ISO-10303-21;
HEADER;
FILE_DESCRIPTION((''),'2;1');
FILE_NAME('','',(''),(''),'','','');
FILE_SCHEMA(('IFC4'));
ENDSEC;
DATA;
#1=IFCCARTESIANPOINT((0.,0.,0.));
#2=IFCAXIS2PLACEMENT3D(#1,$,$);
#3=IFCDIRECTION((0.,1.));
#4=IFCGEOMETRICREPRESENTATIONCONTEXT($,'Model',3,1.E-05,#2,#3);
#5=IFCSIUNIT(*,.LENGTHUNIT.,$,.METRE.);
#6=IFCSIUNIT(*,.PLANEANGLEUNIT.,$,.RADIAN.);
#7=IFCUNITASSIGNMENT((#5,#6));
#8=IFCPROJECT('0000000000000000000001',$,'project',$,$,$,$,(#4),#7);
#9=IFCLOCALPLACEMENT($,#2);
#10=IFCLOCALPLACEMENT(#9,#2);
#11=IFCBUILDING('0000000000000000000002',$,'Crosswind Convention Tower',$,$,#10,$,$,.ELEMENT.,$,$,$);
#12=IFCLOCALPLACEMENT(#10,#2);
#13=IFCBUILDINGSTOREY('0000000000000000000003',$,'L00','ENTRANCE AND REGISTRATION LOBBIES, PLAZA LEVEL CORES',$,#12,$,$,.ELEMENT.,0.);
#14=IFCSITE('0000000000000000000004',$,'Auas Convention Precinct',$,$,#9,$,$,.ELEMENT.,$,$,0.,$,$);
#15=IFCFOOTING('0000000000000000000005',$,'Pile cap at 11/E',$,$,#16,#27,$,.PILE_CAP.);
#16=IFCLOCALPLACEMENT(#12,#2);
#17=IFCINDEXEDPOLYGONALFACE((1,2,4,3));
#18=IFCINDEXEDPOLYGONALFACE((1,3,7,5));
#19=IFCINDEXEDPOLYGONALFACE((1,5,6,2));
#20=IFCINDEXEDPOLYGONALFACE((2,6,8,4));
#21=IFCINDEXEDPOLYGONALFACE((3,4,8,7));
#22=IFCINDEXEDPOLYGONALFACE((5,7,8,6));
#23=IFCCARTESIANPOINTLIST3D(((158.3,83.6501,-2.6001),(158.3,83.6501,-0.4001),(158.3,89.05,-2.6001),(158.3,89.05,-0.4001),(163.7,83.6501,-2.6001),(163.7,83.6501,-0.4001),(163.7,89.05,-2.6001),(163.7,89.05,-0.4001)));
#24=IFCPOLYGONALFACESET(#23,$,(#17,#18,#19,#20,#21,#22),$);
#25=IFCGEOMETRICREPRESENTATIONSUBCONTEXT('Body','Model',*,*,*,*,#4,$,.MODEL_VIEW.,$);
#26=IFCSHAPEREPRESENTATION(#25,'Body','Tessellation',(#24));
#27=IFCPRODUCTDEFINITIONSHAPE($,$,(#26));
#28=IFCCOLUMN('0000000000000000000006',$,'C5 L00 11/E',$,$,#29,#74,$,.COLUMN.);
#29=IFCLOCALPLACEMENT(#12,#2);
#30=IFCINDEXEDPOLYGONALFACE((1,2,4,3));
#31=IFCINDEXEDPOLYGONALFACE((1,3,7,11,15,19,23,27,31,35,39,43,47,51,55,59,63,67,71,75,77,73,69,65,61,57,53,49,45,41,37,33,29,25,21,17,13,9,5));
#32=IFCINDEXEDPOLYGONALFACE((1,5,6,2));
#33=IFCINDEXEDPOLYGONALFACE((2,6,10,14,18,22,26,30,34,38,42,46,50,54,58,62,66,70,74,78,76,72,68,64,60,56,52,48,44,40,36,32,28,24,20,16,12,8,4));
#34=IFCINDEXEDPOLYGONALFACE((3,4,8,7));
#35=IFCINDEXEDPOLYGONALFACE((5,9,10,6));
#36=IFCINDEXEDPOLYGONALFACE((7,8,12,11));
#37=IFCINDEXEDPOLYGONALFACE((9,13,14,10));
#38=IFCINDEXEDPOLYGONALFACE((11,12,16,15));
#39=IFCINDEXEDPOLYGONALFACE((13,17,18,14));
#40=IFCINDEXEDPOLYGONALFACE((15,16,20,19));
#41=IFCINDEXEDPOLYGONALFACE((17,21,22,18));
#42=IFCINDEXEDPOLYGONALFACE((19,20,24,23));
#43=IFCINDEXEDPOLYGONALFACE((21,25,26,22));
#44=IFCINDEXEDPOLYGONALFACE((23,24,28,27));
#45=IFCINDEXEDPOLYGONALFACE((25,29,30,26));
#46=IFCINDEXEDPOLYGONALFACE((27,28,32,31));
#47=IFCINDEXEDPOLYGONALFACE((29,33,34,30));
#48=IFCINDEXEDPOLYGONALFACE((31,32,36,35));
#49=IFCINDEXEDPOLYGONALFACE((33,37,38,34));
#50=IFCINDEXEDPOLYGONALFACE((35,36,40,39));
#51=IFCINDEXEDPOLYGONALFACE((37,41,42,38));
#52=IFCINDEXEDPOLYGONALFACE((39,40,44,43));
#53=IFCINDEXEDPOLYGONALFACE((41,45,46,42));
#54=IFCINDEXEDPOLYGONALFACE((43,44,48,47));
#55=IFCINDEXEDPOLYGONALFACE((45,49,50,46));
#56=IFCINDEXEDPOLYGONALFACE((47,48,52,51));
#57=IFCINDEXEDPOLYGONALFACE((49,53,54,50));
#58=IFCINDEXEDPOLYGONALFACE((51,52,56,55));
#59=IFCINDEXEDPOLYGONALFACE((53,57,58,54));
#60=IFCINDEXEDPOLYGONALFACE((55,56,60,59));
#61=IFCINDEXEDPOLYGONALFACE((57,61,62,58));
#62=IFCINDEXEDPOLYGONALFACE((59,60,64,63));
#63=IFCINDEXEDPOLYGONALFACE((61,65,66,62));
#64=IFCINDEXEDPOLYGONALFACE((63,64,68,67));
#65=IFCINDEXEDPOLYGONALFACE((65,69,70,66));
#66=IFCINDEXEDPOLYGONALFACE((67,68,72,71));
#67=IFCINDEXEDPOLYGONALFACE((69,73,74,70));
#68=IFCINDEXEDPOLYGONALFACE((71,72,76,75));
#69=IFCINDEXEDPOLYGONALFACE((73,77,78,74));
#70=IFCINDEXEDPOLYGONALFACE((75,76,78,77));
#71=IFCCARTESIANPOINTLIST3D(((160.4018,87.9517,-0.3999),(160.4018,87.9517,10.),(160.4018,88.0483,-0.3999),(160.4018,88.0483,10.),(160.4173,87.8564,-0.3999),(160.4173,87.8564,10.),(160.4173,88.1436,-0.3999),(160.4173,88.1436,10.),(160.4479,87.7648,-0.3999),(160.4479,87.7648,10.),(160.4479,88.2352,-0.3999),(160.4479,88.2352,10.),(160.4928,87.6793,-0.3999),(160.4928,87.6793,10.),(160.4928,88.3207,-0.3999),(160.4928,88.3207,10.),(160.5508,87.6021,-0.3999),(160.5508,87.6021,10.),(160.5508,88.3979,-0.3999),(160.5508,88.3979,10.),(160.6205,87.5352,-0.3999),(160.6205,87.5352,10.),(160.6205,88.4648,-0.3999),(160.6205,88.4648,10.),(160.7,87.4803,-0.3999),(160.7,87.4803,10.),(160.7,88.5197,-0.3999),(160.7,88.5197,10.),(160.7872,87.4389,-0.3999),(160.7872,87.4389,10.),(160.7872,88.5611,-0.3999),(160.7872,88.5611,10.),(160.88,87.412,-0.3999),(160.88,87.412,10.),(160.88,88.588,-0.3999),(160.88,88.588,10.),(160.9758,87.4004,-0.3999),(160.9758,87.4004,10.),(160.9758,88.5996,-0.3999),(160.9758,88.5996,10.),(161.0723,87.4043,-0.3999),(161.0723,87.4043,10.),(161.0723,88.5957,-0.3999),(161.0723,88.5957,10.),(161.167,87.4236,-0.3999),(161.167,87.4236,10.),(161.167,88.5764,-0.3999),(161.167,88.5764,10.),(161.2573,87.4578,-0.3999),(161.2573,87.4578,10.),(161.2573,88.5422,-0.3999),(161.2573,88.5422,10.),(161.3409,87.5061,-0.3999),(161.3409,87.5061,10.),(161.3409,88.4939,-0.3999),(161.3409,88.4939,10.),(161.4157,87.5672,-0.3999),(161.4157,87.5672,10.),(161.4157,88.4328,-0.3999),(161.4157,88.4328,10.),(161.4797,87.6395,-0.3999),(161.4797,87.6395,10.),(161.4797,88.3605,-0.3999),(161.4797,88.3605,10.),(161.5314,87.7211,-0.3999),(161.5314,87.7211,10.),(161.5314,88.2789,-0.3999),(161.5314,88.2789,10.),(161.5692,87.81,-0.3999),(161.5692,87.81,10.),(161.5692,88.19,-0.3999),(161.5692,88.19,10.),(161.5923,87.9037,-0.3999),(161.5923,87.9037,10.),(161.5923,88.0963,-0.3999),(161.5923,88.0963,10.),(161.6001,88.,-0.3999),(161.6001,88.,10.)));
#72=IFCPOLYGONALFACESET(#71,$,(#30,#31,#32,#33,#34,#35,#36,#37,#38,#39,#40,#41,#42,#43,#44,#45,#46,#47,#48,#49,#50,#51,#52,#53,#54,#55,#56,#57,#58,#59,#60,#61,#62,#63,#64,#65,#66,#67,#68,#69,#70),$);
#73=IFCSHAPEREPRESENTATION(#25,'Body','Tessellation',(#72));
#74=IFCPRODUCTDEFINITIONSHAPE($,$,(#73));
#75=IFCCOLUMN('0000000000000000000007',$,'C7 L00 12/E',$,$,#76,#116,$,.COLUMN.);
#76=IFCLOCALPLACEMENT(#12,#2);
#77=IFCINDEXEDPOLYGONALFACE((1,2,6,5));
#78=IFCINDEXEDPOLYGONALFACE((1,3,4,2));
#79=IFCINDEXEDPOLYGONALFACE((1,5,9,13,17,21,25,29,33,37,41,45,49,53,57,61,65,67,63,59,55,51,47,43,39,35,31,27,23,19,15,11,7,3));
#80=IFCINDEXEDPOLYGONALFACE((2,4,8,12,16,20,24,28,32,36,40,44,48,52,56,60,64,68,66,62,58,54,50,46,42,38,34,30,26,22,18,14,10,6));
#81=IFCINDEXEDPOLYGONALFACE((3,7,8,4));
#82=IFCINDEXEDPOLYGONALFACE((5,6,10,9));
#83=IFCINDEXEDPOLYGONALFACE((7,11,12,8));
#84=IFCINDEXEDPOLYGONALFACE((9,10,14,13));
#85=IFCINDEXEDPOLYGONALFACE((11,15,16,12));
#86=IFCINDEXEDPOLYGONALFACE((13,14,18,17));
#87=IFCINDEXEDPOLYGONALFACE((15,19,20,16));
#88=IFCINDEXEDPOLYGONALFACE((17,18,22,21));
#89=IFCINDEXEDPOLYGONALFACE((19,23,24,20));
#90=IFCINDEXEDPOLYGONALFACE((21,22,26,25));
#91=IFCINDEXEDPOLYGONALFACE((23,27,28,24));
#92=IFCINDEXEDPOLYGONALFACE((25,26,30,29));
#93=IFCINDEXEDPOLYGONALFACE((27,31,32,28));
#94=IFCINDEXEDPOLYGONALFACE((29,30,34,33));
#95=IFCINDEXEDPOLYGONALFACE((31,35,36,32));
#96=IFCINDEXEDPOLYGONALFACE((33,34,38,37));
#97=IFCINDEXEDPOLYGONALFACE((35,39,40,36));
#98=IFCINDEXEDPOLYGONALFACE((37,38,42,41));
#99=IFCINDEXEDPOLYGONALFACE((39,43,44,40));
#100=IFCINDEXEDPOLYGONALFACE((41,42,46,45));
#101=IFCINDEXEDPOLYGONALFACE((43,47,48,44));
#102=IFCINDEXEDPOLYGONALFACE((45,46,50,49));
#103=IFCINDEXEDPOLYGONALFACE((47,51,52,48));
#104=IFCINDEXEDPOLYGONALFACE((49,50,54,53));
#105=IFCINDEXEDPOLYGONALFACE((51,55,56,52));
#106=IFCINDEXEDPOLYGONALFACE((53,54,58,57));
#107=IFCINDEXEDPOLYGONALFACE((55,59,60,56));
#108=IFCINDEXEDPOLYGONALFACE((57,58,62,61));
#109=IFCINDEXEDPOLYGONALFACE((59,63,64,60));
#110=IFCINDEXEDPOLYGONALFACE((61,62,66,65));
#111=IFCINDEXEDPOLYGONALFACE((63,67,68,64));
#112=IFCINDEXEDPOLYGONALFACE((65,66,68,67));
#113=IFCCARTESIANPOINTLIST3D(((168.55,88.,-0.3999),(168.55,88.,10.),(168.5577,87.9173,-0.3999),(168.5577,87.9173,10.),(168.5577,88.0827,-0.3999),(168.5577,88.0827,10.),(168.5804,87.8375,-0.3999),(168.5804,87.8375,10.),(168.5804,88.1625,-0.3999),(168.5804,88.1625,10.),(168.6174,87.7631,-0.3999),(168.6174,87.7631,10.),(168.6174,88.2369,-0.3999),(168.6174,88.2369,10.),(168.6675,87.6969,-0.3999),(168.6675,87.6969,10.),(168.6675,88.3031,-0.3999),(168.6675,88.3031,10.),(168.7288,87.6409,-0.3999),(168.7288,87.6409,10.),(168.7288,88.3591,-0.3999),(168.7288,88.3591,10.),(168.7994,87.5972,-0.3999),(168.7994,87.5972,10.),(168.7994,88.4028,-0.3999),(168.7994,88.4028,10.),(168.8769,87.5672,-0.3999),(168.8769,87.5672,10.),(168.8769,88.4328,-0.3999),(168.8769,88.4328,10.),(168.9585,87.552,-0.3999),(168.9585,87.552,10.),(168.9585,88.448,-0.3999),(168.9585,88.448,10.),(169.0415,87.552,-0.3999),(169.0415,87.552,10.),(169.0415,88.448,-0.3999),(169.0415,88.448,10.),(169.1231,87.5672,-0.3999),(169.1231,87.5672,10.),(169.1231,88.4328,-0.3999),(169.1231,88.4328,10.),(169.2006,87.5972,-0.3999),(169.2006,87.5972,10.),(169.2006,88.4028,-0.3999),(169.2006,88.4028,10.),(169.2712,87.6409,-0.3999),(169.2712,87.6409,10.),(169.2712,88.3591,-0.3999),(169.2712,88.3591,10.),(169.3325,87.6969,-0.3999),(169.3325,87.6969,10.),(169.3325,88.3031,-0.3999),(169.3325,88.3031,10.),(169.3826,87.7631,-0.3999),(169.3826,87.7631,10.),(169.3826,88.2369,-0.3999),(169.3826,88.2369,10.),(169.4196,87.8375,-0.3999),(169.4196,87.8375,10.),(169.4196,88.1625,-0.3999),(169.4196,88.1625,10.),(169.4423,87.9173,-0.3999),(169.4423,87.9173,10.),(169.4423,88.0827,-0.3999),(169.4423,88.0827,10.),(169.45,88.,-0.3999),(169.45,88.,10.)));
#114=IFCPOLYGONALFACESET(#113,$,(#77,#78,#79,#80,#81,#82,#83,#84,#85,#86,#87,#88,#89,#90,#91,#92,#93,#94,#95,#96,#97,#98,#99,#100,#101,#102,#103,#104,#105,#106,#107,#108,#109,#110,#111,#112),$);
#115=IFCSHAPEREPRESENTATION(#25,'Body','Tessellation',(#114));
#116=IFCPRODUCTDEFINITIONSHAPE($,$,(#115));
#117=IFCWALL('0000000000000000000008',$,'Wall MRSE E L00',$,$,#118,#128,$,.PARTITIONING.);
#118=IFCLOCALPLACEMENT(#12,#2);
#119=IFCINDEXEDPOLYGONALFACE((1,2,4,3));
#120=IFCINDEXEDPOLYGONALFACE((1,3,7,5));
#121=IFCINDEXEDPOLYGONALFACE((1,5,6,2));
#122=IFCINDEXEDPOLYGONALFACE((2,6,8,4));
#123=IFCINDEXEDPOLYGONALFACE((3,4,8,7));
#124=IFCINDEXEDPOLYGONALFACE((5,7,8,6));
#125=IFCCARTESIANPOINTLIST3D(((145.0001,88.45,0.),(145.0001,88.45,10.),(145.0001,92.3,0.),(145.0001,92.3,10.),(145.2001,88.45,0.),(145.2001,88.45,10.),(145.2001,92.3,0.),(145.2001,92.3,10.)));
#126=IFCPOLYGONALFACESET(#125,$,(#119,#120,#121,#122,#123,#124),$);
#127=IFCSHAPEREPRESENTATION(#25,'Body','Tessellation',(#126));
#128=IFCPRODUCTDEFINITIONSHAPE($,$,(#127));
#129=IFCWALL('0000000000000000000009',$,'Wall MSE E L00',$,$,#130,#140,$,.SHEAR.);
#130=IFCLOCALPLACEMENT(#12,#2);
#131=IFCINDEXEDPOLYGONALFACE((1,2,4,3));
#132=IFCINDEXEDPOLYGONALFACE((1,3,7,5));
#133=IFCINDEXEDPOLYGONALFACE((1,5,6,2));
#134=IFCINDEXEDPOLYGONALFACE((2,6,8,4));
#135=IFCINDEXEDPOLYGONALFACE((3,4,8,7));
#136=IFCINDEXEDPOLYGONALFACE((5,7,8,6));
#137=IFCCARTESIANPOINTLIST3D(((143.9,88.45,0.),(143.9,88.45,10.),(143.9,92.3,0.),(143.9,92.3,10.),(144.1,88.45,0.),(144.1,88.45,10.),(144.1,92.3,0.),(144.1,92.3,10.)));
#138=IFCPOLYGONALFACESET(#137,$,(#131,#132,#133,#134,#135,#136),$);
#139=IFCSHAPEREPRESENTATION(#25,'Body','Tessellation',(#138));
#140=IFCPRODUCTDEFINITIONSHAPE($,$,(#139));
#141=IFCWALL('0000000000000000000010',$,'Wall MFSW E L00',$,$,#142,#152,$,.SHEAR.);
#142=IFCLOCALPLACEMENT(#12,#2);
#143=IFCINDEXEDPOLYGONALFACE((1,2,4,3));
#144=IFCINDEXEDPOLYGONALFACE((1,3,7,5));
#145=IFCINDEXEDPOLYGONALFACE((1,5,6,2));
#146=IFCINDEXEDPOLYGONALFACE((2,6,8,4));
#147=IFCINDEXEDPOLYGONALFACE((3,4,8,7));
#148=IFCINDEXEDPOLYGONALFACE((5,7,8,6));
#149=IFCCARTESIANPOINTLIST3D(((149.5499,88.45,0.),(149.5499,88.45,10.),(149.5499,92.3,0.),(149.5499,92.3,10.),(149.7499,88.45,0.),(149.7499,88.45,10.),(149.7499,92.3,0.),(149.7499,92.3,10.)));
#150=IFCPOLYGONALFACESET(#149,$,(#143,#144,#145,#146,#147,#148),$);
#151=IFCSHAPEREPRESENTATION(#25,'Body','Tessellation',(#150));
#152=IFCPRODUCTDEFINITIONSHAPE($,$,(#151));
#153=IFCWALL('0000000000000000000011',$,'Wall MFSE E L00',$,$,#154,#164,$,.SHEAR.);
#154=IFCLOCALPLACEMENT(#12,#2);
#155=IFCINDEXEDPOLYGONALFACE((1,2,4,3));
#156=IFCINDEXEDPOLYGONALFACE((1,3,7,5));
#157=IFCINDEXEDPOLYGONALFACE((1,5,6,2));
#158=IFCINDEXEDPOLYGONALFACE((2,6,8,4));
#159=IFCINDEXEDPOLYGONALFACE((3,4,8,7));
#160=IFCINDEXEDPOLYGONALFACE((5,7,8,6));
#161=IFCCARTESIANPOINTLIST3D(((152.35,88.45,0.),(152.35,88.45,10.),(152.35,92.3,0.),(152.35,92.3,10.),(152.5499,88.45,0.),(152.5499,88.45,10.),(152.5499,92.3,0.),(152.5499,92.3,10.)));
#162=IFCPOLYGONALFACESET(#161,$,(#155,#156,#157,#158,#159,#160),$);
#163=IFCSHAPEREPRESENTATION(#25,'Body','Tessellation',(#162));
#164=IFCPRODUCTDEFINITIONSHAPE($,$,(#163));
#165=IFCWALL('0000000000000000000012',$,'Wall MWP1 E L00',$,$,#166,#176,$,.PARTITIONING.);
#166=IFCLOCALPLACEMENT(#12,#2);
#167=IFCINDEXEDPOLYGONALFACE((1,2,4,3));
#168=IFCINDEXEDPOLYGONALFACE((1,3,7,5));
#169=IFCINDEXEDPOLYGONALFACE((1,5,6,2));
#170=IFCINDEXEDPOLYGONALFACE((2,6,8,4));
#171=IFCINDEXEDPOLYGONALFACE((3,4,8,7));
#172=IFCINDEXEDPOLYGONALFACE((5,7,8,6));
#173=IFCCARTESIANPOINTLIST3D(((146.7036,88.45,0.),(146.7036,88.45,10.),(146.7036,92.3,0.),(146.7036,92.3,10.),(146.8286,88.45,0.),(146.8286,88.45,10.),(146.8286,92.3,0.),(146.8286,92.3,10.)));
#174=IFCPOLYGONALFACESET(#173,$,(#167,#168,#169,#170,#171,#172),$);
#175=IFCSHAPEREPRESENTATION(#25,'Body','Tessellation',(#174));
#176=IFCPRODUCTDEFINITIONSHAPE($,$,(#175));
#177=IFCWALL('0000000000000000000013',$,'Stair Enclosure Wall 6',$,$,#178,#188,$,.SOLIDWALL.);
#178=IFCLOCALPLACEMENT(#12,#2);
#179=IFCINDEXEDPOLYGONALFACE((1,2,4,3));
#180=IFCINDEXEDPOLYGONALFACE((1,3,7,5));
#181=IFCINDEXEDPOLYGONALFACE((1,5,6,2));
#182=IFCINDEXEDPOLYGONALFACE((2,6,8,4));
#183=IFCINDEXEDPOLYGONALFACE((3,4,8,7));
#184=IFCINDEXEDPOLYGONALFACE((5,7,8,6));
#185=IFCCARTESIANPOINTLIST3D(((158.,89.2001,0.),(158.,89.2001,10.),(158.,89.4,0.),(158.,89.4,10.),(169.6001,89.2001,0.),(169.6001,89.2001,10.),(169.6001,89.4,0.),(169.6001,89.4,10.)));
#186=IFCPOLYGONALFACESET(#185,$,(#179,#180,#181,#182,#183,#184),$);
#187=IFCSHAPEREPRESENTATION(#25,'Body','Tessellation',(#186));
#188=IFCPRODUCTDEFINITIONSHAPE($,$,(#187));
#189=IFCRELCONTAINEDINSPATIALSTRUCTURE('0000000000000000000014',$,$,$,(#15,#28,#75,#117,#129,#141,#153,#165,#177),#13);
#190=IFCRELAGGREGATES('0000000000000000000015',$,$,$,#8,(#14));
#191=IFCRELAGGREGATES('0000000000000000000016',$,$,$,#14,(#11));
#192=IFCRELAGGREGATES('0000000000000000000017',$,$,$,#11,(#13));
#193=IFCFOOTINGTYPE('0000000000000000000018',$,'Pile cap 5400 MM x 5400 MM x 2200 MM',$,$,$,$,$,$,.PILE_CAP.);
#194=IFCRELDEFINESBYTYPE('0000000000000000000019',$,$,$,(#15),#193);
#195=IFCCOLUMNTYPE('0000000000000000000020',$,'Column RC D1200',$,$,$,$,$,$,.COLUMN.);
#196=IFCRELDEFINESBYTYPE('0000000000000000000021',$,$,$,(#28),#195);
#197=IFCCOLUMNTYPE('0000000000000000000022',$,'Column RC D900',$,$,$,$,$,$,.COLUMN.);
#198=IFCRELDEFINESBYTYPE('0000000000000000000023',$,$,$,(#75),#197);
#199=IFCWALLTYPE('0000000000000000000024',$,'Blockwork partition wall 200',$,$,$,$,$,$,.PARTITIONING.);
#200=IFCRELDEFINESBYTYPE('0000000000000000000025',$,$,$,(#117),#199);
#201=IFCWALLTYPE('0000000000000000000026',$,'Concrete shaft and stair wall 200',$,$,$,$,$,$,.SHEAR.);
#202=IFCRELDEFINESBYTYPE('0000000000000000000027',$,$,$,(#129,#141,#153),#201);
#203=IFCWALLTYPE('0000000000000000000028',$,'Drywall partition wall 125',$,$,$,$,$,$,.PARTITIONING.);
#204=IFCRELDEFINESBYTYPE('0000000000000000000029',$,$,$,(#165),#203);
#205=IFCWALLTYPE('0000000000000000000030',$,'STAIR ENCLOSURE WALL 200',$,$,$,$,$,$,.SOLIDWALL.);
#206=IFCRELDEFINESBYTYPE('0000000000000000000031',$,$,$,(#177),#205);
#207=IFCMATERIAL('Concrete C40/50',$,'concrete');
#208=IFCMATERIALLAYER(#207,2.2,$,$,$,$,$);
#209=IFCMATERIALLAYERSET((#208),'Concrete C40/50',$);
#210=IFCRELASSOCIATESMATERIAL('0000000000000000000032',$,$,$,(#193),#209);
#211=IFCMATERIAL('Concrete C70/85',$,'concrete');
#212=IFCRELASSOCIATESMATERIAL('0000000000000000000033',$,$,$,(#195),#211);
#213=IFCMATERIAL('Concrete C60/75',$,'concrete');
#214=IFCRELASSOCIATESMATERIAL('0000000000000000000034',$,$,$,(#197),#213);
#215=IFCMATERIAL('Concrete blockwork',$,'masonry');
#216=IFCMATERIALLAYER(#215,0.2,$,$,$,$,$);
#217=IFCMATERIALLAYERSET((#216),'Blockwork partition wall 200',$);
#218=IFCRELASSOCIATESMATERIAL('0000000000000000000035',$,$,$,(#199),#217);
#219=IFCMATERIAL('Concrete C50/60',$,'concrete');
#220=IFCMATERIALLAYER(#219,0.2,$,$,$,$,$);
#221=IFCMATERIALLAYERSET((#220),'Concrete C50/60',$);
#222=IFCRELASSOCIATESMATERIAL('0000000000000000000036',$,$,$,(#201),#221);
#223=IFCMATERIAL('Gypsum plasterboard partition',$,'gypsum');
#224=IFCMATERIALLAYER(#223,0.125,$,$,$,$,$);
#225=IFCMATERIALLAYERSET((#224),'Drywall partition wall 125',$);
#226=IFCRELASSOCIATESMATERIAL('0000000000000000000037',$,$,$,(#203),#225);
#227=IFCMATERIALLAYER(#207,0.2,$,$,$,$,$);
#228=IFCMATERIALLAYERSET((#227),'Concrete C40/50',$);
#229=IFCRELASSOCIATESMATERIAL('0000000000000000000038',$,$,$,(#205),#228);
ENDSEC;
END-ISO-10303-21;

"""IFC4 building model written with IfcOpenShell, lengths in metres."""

from ifc_helpers import new_model, si_unit, direction, frame, frame_2d, origin, origin_2d, place, context, subcontext, project, spatial, rectangle, circle, extrude, material, layer, layer_set, material_profile, profile_set, type_object, element, save


model = new_model("IFC4")

# Units and contexts
model_context = context("Model", 3, precision=1e-05, world=origin(), true_north=direction((0.0, 1.0)))
body_context = subcontext(model_context, "Body", "Model", "MODEL_VIEW")
ifc_project = project(units=[si_unit("LENGTHUNIT", "METRE"), si_unit("PLANEANGLEUNIT", "RADIAN")], contexts=[model_context])

# Site, building, storey
site_placement = place(None, origin())
site = spatial("IfcSite", under=ifc_project, at=site_placement, Name="Auas Convention Precinct", CompositionType="ELEMENT", RefElevation=0.0)
building_placement = place(site_placement, origin())
building = spatial("IfcBuilding", under=site, at=building_placement, Name="Crosswind Convention Tower", CompositionType="ELEMENT")
storey_placement = place(building_placement, origin())
storey = spatial("IfcBuildingStorey", under=building, at=storey_placement, Name="L00", Description="ENTRANCE AND REGISTRATION LOBBIES, PLAZA LEVEL CORES", CompositionType="ELEMENT", Elevation=0.0)

# Shared definitions
ifc_material_1 = material(Name="Concrete C40/50", Category="concrete")

# Footing
ifc_layer_1 = layer(ifc_material_1, 2.2)
ifc_layer_set_1 = layer_set([ifc_layer_1], Name="Concrete C40/50")
footing_type_1 = type_object("IfcFootingType", Name="Pile cap 5400 MM x 5400 MM x 2200 MM", PredefinedType="PILE_CAP", material=ifc_layer_set_1)
footing_1_placement = place(storey_placement, frame((161.0, 86.3501, -2.6001), z_axis=(0.0, 0.0, 1.0), x_axis=(1.0, 0.0, 0.0)))
element("IfcFooting", 1, at=footing_1_placement, inside=storey, type_object=footing_type_1, Name="Pile cap at 11/E", PredefinedType="PILE_CAP", context=body_context, shape_type="SweptSolid", body=[
    extrude(rectangle(XDim=5.3999, YDim=5.3999, at=origin_2d()), origin(), (0.0, 0.0, 1.0), 2.2),
])

# Columns
ifc_material_2 = material(Name="Concrete C70/85", Category="concrete")
ifc_material_profile_1 = material_profile(ifc_material_2, circle(Radius=0.6001, at=origin_2d()), Name="RC D1200")
ifc_profile_set_1 = profile_set([ifc_material_profile_1], Name="Concrete C70/85")
column_type_1 = type_object("IfcColumnType", Name="Column RC D1200", PredefinedType="COLUMN", material=ifc_profile_set_1)
column_1_placement = place(storey_placement, frame((161.0, 88.0, -0.3999), z_axis=(0.0, 0.0, 1.0), x_axis=(1.0, 0.0, 0.0)))
element("IfcColumn", 2, at=column_1_placement, inside=storey, type_object=column_type_1, Name="C5 L00 11/E", PredefinedType="COLUMN", context=body_context, shape_type="SweptSolid", body=[
    extrude(circle(Radius=0.6001, at=origin_2d()), origin(), (0.0, 0.0, 1.0), 10.3999),
])
ifc_material_3 = material(Name="Concrete C60/75", Category="concrete")
ifc_material_profile_2 = material_profile(ifc_material_3, circle(Radius=0.45, at=origin_2d()), Name="RC D900")
ifc_profile_set_2 = profile_set([ifc_material_profile_2], Name="Concrete C60/75")
column_type_2 = type_object("IfcColumnType", Name="Column RC D900", PredefinedType="COLUMN", material=ifc_profile_set_2)
column_2_placement = place(storey_placement, frame((169.0, 88.0, -0.3999), z_axis=(0.0, 0.0, 1.0), x_axis=(1.0, 0.0, 0.0)))
element("IfcColumn", 3, at=column_2_placement, inside=storey, type_object=column_type_2, Name="C7 L00 12/E", PredefinedType="COLUMN", context=body_context, shape_type="SweptSolid", body=[
    extrude(circle(Radius=0.45, at=origin_2d()), origin(), (0.0, 0.0, 1.0), 10.3999),
])

# Walls
ifc_material_4 = material(Name="Concrete blockwork", Category="masonry")
ifc_layer_2 = layer(ifc_material_4, 0.2)
ifc_layer_set_2 = layer_set([ifc_layer_2], Name="Blockwork partition wall 200")
wall_type_1 = type_object("IfcWallType", Name="Blockwork partition wall 200", PredefinedType="PARTITIONING", material=ifc_layer_set_2)
wall_1_placement = place(storey_placement, frame((145.1001, 88.45, 0.0), z_axis=(0.0, 0.0, 1.0), x_axis=(0.0, 1.0, 0.0)))
element("IfcWall", 4, at=wall_1_placement, inside=storey, type_object=wall_type_1, Name="Wall MRSE E L00", PredefinedType="PARTITIONING", context=body_context, shape_type="SweptSolid", body=[
    extrude(rectangle(XDim=3.8501, YDim=0.2, at=frame_2d((1.925, 0.0))), origin(), (0.0, 0.0, 1.0), 10.0),
])
ifc_material_5 = material(Name="Concrete C50/60", Category="concrete")
ifc_layer_3 = layer(ifc_material_5, 0.2)
ifc_layer_set_3 = layer_set([ifc_layer_3], Name="Concrete C50/60")
wall_type_2 = type_object("IfcWallType", Name="Concrete shaft and stair wall 200", PredefinedType="SHEAR", material=ifc_layer_set_3)
for number, where, z_axis, x_axis, name in (
    (5, (144.0, 88.45, 0.0), (0.0, 0.0, 1.0), (0.0, 1.0, 0.0), "Wall MSE E L00"),
    (6, (149.6499, 88.45, 0.0), (0.0, 0.0, 1.0), (0.0, 1.0, 0.0), "Wall MFSW E L00"),
    (7, (152.45, 88.45, 0.0), (0.0, 0.0, 1.0), (0.0, 1.0, 0.0), "Wall MFSE E L00"),
):
    element("IfcWall", number, at=place(storey_placement, frame(where, z_axis=z_axis, x_axis=x_axis)), inside=storey, type_object=wall_type_2, Name=name, PredefinedType="SHEAR", context=body_context, shape_type="SweptSolid", body=[
        extrude(rectangle(XDim=3.8501, YDim=0.2, at=frame_2d((1.925, 0.0))), origin(), (0.0, 0.0, 1.0), 10.0),
    ])
ifc_material_6 = material(Name="Gypsum plasterboard partition", Category="gypsum")
ifc_layer_4 = layer(ifc_material_6, 0.125)
ifc_layer_set_4 = layer_set([ifc_layer_4], Name="Drywall partition wall 125")
wall_type_3 = type_object("IfcWallType", Name="Drywall partition wall 125", PredefinedType="PARTITIONING", material=ifc_layer_set_4)
wall_2_placement = place(storey_placement, frame((146.7661, 88.45, 0.0), z_axis=(0.0, 0.0, 1.0), x_axis=(0.0, 1.0, 0.0)))
element("IfcWall", 8, at=wall_2_placement, inside=storey, type_object=wall_type_3, Name="Wall MWP1 E L00", PredefinedType="PARTITIONING", context=body_context, shape_type="SweptSolid", body=[
    extrude(rectangle(XDim=3.8501, YDim=0.125, at=frame_2d((1.925, 0.0))), origin(), (0.0, 0.0, 1.0), 10.0),
])
ifc_layer_5 = layer(ifc_material_1, 0.2)
ifc_layer_set_5 = layer_set([ifc_layer_5], Name="Concrete C40/50")
wall_type_4 = type_object("IfcWallType", Name="STAIR ENCLOSURE WALL 200", PredefinedType="SOLIDWALL", material=ifc_layer_set_5)
wall_3_placement = place(storey_placement, frame((158.0, 89.3, 0.0), z_axis=(0.0, 0.0, 1.0), x_axis=(1.0, 0.0, 0.0)))
element("IfcWall", 9, at=wall_3_placement, inside=storey, type_object=wall_type_4, Name="Stair Enclosure Wall 6", PredefinedType="SOLIDWALL", context=body_context, shape_type="SweptSolid", body=[
    extrude(rectangle(XDim=11.6001, YDim=0.2, at=frame_2d((5.8, 0.0))), origin(), (0.0, 0.0, 1.0), 10.0),
])

save(model, "model.ifc")
